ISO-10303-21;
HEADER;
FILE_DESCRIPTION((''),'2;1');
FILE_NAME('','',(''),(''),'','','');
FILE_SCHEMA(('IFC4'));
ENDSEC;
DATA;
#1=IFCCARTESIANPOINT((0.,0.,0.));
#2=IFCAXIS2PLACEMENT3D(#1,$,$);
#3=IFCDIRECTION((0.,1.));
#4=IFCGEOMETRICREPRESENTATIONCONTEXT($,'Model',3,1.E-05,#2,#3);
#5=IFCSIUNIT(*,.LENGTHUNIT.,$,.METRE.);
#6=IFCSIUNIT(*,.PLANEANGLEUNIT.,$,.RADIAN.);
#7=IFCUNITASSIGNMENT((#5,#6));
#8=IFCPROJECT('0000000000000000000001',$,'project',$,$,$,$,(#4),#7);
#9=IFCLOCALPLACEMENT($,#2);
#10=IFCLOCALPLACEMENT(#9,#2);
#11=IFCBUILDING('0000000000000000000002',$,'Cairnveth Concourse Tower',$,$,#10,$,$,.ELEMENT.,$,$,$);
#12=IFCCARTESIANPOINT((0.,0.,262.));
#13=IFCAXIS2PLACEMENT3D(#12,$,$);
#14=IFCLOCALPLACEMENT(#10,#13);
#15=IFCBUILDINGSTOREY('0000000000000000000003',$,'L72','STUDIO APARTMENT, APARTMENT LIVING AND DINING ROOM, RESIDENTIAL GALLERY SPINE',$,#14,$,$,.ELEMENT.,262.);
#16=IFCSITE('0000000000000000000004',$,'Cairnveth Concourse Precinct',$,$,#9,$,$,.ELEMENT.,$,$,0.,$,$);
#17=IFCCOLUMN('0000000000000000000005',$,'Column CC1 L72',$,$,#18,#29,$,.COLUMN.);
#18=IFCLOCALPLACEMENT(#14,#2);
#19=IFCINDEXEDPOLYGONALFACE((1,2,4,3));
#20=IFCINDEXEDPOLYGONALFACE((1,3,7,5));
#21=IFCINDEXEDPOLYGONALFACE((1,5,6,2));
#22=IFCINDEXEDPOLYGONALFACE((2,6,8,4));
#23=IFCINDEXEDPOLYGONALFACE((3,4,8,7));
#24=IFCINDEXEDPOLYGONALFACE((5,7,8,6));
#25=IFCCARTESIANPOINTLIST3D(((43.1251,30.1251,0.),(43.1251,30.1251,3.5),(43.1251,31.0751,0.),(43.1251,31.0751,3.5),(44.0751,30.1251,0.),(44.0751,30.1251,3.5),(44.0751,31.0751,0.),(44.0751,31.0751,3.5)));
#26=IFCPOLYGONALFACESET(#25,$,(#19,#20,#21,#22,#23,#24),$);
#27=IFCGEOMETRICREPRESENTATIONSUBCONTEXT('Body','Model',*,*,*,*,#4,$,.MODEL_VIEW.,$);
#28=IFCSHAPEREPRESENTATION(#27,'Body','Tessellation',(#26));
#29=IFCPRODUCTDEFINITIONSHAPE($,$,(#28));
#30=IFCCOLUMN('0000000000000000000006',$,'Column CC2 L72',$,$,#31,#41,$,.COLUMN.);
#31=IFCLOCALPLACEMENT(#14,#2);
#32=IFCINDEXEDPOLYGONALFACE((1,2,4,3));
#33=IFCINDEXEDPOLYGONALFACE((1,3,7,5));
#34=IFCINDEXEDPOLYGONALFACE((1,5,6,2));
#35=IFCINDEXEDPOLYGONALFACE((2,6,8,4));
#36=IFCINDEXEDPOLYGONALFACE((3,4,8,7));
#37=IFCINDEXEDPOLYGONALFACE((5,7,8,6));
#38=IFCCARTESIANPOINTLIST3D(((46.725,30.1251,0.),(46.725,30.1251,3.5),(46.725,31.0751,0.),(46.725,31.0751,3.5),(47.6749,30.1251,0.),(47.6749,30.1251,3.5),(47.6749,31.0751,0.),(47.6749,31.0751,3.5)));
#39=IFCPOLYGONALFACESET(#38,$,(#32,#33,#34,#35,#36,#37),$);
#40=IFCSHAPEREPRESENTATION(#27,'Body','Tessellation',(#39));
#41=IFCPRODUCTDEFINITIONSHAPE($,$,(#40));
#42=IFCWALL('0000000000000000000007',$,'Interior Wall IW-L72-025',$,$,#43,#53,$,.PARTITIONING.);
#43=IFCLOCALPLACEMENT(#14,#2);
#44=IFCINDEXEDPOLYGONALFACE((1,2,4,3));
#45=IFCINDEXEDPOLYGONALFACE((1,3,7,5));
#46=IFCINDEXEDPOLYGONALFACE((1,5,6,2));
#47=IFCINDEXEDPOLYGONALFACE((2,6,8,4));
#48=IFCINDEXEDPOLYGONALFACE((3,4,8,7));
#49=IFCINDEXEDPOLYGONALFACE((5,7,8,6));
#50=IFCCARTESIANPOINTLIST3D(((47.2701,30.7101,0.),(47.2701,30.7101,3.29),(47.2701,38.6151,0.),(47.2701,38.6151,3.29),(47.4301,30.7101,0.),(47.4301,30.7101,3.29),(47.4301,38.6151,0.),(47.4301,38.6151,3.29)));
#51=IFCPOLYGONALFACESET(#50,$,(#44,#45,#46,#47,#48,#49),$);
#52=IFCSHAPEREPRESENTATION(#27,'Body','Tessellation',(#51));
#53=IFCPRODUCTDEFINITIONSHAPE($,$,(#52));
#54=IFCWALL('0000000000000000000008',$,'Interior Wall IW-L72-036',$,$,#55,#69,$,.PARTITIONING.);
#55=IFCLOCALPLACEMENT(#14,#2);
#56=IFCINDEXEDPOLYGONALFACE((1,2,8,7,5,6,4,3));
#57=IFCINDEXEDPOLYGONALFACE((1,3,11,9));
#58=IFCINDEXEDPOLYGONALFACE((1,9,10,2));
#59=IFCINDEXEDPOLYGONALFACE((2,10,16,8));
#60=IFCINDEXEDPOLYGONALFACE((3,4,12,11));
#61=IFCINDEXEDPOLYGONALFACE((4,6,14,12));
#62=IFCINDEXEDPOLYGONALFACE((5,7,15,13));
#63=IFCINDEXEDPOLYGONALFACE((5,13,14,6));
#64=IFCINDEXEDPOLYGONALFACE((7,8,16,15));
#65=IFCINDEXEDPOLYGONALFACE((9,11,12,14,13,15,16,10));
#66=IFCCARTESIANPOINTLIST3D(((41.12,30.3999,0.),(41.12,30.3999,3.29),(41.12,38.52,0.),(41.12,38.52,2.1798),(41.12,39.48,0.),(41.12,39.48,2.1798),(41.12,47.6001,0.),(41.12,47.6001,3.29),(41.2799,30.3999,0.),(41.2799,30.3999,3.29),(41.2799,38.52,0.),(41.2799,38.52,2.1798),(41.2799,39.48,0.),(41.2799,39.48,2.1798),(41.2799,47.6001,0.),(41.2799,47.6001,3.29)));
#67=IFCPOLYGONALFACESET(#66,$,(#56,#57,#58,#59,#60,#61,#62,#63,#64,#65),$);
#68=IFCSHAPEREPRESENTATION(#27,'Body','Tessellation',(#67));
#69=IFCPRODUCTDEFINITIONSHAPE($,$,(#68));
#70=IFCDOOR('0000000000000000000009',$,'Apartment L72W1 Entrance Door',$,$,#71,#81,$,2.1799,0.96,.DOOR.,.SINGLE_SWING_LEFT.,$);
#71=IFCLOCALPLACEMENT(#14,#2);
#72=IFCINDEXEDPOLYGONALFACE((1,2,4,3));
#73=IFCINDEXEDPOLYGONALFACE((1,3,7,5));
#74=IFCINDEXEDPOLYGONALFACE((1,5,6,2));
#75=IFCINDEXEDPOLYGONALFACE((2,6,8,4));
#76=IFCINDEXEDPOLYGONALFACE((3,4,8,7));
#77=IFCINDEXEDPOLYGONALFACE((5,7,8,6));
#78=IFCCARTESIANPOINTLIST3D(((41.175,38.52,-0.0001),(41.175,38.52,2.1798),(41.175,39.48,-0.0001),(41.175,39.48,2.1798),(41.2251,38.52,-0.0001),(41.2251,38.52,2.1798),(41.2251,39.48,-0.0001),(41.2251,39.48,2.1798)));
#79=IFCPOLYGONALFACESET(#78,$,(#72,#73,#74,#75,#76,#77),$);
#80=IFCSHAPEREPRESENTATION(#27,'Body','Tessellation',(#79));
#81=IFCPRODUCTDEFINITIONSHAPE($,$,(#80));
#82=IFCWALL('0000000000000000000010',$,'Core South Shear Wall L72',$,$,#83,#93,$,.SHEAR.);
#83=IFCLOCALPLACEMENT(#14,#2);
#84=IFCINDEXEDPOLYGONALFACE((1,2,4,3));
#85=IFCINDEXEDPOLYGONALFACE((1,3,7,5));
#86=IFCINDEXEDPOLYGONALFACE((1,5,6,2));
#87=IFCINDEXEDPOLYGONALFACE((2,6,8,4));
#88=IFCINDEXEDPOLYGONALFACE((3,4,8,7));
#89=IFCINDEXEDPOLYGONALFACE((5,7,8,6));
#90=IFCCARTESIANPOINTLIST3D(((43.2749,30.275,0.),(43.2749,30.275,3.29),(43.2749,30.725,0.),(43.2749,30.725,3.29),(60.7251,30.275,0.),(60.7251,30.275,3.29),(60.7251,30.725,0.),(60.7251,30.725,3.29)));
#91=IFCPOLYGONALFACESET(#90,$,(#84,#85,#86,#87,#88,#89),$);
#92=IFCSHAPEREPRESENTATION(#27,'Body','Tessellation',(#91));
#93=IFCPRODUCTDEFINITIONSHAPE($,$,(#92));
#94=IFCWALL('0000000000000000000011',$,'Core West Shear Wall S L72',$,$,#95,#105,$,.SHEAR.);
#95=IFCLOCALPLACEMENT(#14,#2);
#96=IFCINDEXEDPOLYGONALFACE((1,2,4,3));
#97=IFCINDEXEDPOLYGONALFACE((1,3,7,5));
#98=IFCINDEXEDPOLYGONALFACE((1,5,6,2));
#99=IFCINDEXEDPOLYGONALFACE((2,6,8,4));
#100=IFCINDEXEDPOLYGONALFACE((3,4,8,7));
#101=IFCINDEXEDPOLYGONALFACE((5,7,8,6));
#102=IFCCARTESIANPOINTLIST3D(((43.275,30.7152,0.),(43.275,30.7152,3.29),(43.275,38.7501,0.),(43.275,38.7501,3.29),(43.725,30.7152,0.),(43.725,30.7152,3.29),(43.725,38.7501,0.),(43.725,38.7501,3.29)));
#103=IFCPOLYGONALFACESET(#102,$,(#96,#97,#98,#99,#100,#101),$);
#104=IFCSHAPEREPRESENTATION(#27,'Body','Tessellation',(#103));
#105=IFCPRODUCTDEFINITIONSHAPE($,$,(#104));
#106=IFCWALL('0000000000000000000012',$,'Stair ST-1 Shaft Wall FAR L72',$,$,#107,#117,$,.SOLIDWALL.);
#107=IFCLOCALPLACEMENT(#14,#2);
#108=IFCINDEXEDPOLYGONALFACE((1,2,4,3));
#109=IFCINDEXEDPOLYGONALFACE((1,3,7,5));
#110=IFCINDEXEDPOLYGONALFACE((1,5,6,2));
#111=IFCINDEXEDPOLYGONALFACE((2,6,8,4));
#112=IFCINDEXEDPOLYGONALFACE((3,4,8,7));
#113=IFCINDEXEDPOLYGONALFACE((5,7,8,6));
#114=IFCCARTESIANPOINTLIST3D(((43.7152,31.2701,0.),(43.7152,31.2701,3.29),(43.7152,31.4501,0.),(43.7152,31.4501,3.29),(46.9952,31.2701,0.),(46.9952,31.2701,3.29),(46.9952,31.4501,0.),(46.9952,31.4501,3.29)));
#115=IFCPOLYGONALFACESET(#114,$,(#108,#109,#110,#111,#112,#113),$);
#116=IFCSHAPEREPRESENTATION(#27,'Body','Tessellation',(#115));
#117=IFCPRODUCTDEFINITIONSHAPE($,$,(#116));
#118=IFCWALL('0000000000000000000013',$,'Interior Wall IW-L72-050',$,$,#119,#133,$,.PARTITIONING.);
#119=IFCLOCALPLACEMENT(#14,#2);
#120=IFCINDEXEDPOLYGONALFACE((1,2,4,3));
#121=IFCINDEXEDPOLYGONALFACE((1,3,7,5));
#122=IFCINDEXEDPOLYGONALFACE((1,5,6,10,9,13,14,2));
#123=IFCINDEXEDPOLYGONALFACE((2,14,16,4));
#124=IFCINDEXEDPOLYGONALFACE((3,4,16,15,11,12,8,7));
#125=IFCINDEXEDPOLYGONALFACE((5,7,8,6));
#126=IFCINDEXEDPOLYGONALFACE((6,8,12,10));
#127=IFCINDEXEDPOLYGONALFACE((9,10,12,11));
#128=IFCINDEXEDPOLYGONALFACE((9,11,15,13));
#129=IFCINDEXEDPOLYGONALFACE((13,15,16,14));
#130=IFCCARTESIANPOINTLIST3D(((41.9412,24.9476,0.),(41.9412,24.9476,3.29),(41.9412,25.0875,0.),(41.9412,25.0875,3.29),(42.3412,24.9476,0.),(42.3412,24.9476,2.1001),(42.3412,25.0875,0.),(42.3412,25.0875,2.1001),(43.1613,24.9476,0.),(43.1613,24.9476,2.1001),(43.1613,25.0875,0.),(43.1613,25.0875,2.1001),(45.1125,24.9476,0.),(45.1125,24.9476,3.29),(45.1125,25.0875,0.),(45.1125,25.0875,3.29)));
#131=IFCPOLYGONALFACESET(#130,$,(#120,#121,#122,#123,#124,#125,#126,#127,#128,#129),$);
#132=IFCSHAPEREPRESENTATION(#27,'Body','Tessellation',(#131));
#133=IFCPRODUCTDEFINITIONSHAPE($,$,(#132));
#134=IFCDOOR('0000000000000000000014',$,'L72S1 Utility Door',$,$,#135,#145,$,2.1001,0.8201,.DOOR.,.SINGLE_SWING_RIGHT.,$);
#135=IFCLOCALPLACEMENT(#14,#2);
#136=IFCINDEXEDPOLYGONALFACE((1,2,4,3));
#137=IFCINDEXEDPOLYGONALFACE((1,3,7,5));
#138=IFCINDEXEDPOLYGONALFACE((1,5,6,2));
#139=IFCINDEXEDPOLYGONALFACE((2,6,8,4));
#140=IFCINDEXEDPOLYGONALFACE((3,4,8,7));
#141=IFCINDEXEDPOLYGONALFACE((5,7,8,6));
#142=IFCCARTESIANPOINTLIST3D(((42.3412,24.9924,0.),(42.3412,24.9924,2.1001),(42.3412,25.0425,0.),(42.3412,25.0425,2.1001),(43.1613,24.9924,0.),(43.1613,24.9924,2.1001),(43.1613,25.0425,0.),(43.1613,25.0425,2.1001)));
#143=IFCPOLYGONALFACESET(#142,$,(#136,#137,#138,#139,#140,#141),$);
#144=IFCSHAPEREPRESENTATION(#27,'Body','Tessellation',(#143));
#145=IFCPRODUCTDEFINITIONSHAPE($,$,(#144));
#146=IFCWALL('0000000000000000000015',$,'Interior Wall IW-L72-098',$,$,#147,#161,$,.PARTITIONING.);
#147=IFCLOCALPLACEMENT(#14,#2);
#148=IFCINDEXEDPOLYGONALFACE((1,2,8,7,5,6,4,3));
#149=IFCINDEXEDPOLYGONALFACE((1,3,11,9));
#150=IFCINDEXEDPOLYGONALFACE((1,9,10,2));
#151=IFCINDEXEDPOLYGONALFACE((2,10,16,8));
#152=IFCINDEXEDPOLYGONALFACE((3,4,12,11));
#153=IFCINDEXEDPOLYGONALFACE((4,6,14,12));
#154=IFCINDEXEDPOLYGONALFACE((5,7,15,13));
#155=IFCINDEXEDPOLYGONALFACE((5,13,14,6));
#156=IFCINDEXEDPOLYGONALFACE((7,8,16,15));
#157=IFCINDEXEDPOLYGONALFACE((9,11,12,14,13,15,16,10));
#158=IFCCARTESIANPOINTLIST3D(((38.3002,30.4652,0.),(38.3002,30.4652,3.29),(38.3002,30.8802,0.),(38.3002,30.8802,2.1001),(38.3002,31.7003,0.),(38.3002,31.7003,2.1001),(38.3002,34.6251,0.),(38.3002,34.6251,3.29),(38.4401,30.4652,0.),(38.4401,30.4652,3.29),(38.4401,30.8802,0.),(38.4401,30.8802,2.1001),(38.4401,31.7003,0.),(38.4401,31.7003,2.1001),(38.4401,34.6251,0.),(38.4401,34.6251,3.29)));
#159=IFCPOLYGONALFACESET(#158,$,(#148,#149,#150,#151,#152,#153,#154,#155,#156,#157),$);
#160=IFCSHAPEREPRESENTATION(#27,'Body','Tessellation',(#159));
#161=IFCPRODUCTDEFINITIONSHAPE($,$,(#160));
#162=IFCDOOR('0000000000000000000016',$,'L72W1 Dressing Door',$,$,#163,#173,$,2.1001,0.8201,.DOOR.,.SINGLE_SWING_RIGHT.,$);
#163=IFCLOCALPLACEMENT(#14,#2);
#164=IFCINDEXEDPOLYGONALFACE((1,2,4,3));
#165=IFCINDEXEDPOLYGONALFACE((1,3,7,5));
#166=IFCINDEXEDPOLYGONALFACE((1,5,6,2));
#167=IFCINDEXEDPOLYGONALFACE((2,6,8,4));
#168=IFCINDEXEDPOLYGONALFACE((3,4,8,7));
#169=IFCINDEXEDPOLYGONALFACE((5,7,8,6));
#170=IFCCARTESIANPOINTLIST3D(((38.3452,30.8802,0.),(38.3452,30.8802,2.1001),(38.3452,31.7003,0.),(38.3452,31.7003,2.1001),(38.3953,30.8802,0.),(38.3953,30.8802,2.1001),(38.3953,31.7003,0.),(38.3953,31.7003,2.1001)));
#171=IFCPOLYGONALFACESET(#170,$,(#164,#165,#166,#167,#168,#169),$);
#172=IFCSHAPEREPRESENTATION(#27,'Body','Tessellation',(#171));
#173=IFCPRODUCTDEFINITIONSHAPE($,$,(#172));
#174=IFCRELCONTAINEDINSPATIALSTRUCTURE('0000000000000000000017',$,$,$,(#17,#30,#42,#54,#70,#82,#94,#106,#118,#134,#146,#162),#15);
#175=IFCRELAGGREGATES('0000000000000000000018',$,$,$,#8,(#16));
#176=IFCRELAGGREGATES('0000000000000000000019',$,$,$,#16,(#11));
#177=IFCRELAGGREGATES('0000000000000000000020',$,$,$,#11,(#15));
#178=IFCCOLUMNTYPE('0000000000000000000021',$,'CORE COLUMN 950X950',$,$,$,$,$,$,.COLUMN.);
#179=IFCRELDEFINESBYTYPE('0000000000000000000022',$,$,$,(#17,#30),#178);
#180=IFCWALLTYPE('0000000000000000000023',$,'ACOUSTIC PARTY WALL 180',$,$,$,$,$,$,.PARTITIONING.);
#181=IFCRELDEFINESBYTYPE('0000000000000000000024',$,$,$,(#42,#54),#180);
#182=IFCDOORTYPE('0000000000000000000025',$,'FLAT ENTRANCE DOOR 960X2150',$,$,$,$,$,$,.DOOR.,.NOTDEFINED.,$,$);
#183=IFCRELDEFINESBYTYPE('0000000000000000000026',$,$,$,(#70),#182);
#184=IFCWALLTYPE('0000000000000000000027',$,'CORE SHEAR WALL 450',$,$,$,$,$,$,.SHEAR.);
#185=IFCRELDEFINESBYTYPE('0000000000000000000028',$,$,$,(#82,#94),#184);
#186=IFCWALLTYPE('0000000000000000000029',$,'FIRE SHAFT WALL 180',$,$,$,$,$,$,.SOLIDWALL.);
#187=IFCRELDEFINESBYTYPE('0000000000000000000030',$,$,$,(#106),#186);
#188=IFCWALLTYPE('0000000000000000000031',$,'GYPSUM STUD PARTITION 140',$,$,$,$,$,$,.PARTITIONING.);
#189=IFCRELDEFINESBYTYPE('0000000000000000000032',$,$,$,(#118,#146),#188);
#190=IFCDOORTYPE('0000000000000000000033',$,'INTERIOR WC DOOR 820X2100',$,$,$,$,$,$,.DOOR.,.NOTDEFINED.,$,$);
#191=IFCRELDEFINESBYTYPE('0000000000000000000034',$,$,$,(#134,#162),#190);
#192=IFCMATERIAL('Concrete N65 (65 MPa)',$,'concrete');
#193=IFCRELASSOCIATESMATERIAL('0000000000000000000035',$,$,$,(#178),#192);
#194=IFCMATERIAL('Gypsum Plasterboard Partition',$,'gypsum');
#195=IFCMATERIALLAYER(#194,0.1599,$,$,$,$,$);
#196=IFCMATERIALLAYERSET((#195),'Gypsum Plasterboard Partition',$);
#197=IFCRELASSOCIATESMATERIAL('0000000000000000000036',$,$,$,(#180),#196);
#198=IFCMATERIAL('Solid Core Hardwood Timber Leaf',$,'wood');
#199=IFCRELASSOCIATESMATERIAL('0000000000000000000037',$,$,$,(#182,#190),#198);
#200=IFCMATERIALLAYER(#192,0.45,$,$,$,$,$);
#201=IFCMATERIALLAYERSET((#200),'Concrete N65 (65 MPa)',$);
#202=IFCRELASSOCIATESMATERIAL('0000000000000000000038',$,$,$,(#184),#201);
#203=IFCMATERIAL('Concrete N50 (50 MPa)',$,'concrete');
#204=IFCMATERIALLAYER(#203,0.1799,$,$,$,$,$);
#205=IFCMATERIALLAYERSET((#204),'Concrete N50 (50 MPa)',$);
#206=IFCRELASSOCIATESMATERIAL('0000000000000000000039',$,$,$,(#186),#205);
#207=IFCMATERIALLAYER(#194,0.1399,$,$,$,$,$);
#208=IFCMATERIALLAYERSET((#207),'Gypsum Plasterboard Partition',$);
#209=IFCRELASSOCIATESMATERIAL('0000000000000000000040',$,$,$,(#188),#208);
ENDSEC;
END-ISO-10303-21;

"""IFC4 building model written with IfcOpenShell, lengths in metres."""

from ifc_helpers import new_model, si_unit, direction, frame, frame_2d, origin, origin_2d, place, context, subcontext, project, spatial, rectangle, extrude, material, layer, layer_set, material_profile, profile_set, type_object, element, fill, save


model = new_model("IFC4")

# Units and contexts
model_context = context("Model", 3, precision=1e-05, world=origin(), true_north=direction((0.0, 1.0)))
body_context = subcontext(model_context, "Body", "Model", "MODEL_VIEW")
ifc_project = project(units=[si_unit("LENGTHUNIT", "METRE"), si_unit("PLANEANGLEUNIT", "RADIAN")], contexts=[model_context])

# Site, building, storey
site_placement = place(None, origin())
site = spatial("IfcSite", under=ifc_project, at=site_placement, Name="Cairnveth Concourse Precinct", CompositionType="ELEMENT", RefElevation=0.0)
building_placement = place(site_placement, origin())
building = spatial("IfcBuilding", under=site, at=building_placement, Name="Cairnveth Concourse Tower", CompositionType="ELEMENT")
storey_placement = place(building_placement, frame((0.0, 0.0, 262.0)))
storey = spatial("IfcBuildingStorey", under=building, at=storey_placement, Name="L72", Description="STUDIO APARTMENT, APARTMENT LIVING AND DINING ROOM, RESIDENTIAL GALLERY SPINE", CompositionType="ELEMENT", Elevation=262.0)

# Columns
ifc_material_1 = material(Name="Concrete N65 (65 MPa)", Category="concrete")
ifc_material_profile = material_profile(ifc_material_1, rectangle(XDim=0.95, YDim=0.95, at=origin_2d()), Name="RC-COL-950x950")
ifc_profile_set = profile_set([ifc_material_profile], Name="Concrete N65 (65 MPa)")
column_type = type_object("IfcColumnType", Name="CORE COLUMN 950X950", PredefinedType="COLUMN", material=ifc_profile_set)
for number, where, z_axis, x_axis, name in (
    (1, (43.6001, 30.6001, 0.0), (0.0, 0.0, 1.0), (1.0, 0.0, 0.0), "Column CC1 L72"),
    (2, (47.2, 30.6001, 0.0), (0.0, 0.0, 1.0), (1.0, 0.0, 0.0), "Column CC2 L72"),
):
    element("IfcColumn", number, at=place(storey_placement, frame(where, z_axis=z_axis, x_axis=x_axis)), inside=storey, type_object=column_type, Name=name, PredefinedType="COLUMN", context=body_context, shape_type="SweptSolid", body=[
        extrude(rectangle(XDim=0.95, YDim=0.95, at=origin_2d()), origin(), (0.0, 0.0, 1.0), 3.5),
    ])

# Wall
ifc_material_2 = material(Name="Gypsum Plasterboard Partition", Category="gypsum")
ifc_layer_1 = layer(ifc_material_2, 0.1599)
ifc_layer_set_1 = layer_set([ifc_layer_1], Name="Gypsum Plasterboard Partition")
wall_type_1 = type_object("IfcWallType", Name="ACOUSTIC PARTY WALL 180", PredefinedType="PARTITIONING", material=ifc_layer_set_1)
wall_1_placement = place(storey_placement, frame((47.3501, 30.71, 0.0), z_axis=(0.0, 0.0, 1.0), x_axis=(0.0, 1.0, 0.0)))
element("IfcWall", 3, at=wall_1_placement, inside=storey, type_object=wall_type_1, Name="Interior Wall IW-L72-025", PredefinedType="PARTITIONING", context=body_context, shape_type="SweptSolid", body=[
    extrude(rectangle(XDim=7.905, YDim=0.1599, at=frame_2d((3.9526, 0.0))), origin(), (0.0, 0.0, 1.0), 3.29),
])

# Wall, opening, door
wall_2_placement = place(storey_placement, frame((41.2, 30.3999, 0.0), z_axis=(0.0, 0.0, 1.0), x_axis=(0.0, 1.0, 0.0)))
wall_2 = element("IfcWall", 4, at=wall_2_placement, inside=storey, type_object=wall_type_1, Name="Interior Wall IW-L72-036", PredefinedType="PARTITIONING", context=body_context, shape_type="SweptSolid", body=[
    extrude(rectangle(XDim=17.2002, YDim=0.1599, at=frame_2d((8.6001, 0.0))), origin(), (0.0, 0.0, 1.0), 3.29),
])
opening_1_placement = place(wall_2_placement, frame((8.1201, 0.0, 0.0)))
opening_1 = element("IfcOpeningElement", 5, at=opening_1_placement, cuts=wall_2, PredefinedType="OPENING", context=body_context, shape_type="SweptSolid", body=[
    extrude(rectangle(XDim=0.96, YDim=2.1799, at=frame_2d((0.48, 1.0898))), frame((0.0, 0.0898, 0.0), z_axis=(0.0, -1.0, 0.0), x_axis=(1.0, 0.0, 0.0)), (0.0, 0.0, 1.0), 0.1799),
])
ifc_material_3 = material(Name="Solid Core Hardwood Timber Leaf", Category="wood")
door_type_1 = type_object("IfcDoorType", Name="FLAT ENTRANCE DOOR 960X2150", OperationType="NOTDEFINED", PredefinedType="DOOR", material=ifc_material_3)
door_1_placement = place(opening_1_placement, origin())
door_1 = element("IfcDoor", 6, at=door_1_placement, inside=storey, type_object=door_type_1, Name="Apartment L72W1 Entrance Door", OperationType="SINGLE_SWING_LEFT", OverallHeight=2.1799, OverallWidth=0.96, PredefinedType="DOOR", context=body_context, shape_type="SweptSolid", body=[
    extrude(rectangle(XDim=0.96, YDim=2.1799, at=frame_2d((0.48, 1.0898))), frame((0.0, 0.0249, 0.0), z_axis=(0.0, -1.0, 0.0), x_axis=(1.0, 0.0, 0.0)), (0.0, 0.0, 1.0), 0.05),
])
fill(opening_1, door_1)

# Walls
ifc_layer_2 = layer(ifc_material_1, 0.45)
ifc_layer_set_2 = layer_set([ifc_layer_2], Name="Concrete N65 (65 MPa)")
wall_type_2 = type_object("IfcWallType", Name="CORE SHEAR WALL 450", PredefinedType="SHEAR", material=ifc_layer_set_2)
wall_3_placement = place(storey_placement, frame((43.2749, 30.5, 0.0), z_axis=(0.0, 0.0, 1.0), x_axis=(1.0, 0.0, 0.0)))
element("IfcWall", 7, at=wall_3_placement, inside=storey, type_object=wall_type_2, Name="Core South Shear Wall L72", PredefinedType="SHEAR", context=body_context, shape_type="SweptSolid", body=[
    extrude(rectangle(XDim=17.4502, YDim=0.45, at=frame_2d((8.7251, 0.0))), origin(), (0.0, 0.0, 1.0), 3.29),
])
wall_4_placement = place(storey_placement, frame((43.5, 30.7151, 0.0), z_axis=(0.0, 0.0, 1.0), x_axis=(0.0, 1.0, 0.0)))
element("IfcWall", 8, at=wall_4_placement, inside=storey, type_object=wall_type_2, Name="Core West Shear Wall S L72", PredefinedType="SHEAR", context=body_context, shape_type="SweptSolid", body=[
    extrude(rectangle(XDim=8.0349, YDim=0.45, at=frame_2d((4.0176, 0.0))), origin(), (0.0, 0.0, 1.0), 3.29),
])
ifc_material_4 = material(Name="Concrete N50 (50 MPa)", Category="concrete")
ifc_layer_3 = layer(ifc_material_4, 0.1799)
ifc_layer_set_3 = layer_set([ifc_layer_3], Name="Concrete N50 (50 MPa)")
wall_type_3 = type_object("IfcWallType", Name="FIRE SHAFT WALL 180", PredefinedType="SOLIDWALL", material=ifc_layer_set_3)
wall_5_placement = place(storey_placement, frame((43.7151, 31.3601, 0.0), z_axis=(0.0, 0.0, 1.0), x_axis=(1.0, 0.0, 0.0)))
element("IfcWall", 9, at=wall_5_placement, inside=storey, type_object=wall_type_3, Name="Stair ST-1 Shaft Wall FAR L72", PredefinedType="SOLIDWALL", context=body_context, shape_type="SweptSolid", body=[
    extrude(rectangle(XDim=3.28, YDim=0.1799, at=frame_2d((1.6401, 0.0))), origin(), (0.0, 0.0, 1.0), 3.29),
])

# Walls, openings, doors
ifc_layer_4 = layer(ifc_material_2, 0.1399)
ifc_layer_set_4 = layer_set([ifc_layer_4], Name="Gypsum Plasterboard Partition")
wall_type_4 = type_object("IfcWallType", Name="GYPSUM STUD PARTITION 140", PredefinedType="PARTITIONING", material=ifc_layer_set_4)
wall_6_placement = place(storey_placement, frame((41.9412, 25.0176, 0.0), z_axis=(0.0, 0.0, 1.0), x_axis=(1.0, 0.0, 0.0)))
wall_6 = element("IfcWall", 10, at=wall_6_placement, inside=storey, type_object=wall_type_4, Name="Interior Wall IW-L72-050", PredefinedType="PARTITIONING", context=body_context, shape_type="SweptSolid", body=[
    extrude(rectangle(XDim=3.1714, YDim=0.1399, at=frame_2d((1.5857, 0.0))), origin(), (0.0, 0.0, 1.0), 3.29),
])
opening_2_placement = place(wall_6_placement, frame((0.3999, 0.0, 0.0)))
opening_2 = element("IfcOpeningElement", 11, at=opening_2_placement, cuts=wall_6, PredefinedType="OPENING", context=body_context, shape_type="SweptSolid", body=[
    extrude(rectangle(XDim=0.8201, YDim=2.1001, at=frame_2d((0.4102, 1.05))), frame((0.0, 0.0798, 0.0), z_axis=(0.0, -1.0, 0.0), x_axis=(1.0, 0.0, 0.0)), (0.0, 0.0, 1.0), 0.1599),
])
door_type_2 = type_object("IfcDoorType", Name="INTERIOR WC DOOR 820X2100", OperationType="NOTDEFINED", PredefinedType="DOOR", material=ifc_material_3)
door_2_placement = place(opening_2_placement, origin())
door_2 = element("IfcDoor", 12, at=door_2_placement, inside=storey, type_object=door_type_2, Name="L72S1 Utility Door", OperationType="SINGLE_SWING_RIGHT", OverallHeight=2.1001, OverallWidth=0.8201, PredefinedType="DOOR", context=body_context, shape_type="SweptSolid", body=[
    extrude(rectangle(XDim=0.8201, YDim=2.1001, at=frame_2d((0.4102, 1.05))), frame((0.0, 0.0249, 0.0), z_axis=(0.0, -1.0, 0.0), x_axis=(1.0, 0.0, 0.0)), (0.0, 0.0, 1.0), 0.05),
])
fill(opening_2, door_2)
wall_7_placement = place(storey_placement, frame((38.3701, 30.4651, 0.0), z_axis=(0.0, 0.0, 1.0), x_axis=(0.0, 1.0, 0.0)))
wall_7 = element("IfcWall", 13, at=wall_7_placement, inside=storey, type_object=wall_type_4, Name="Interior Wall IW-L72-098", PredefinedType="PARTITIONING", context=body_context, shape_type="SweptSolid", body=[
    extrude(rectangle(XDim=4.1599, YDim=0.1399, at=frame_2d((2.0801, 0.0))), origin(), (0.0, 0.0, 1.0), 3.29),
])
opening_3_placement = place(wall_7_placement, frame((0.415, 0.0, 0.0)))
opening_3 = element("IfcOpeningElement", 14, at=opening_3_placement, cuts=wall_7, PredefinedType="OPENING", context=body_context, shape_type="SweptSolid", body=[
    extrude(rectangle(XDim=0.8201, YDim=2.1001, at=frame_2d((0.4102, 1.05))), frame((0.0, 0.0798, 0.0), z_axis=(0.0, -1.0, 0.0), x_axis=(1.0, 0.0, 0.0)), (0.0, 0.0, 1.0), 0.1599),
])
door_3_placement = place(opening_3_placement, origin())
door_3 = element("IfcDoor", 15, at=door_3_placement, inside=storey, type_object=door_type_2, Name="L72W1 Dressing Door", OperationType="SINGLE_SWING_RIGHT", OverallHeight=2.1001, OverallWidth=0.8201, PredefinedType="DOOR", context=body_context, shape_type="SweptSolid", body=[
    extrude(rectangle(XDim=0.8201, YDim=2.1001, at=frame_2d((0.4102, 1.05))), frame((0.0, 0.0249, 0.0), z_axis=(0.0, -1.0, 0.0), x_axis=(1.0, 0.0, 0.0)), (0.0, 0.0, 1.0), 0.05),
])
fill(opening_3, door_3)

save(model, "model.ifc")
